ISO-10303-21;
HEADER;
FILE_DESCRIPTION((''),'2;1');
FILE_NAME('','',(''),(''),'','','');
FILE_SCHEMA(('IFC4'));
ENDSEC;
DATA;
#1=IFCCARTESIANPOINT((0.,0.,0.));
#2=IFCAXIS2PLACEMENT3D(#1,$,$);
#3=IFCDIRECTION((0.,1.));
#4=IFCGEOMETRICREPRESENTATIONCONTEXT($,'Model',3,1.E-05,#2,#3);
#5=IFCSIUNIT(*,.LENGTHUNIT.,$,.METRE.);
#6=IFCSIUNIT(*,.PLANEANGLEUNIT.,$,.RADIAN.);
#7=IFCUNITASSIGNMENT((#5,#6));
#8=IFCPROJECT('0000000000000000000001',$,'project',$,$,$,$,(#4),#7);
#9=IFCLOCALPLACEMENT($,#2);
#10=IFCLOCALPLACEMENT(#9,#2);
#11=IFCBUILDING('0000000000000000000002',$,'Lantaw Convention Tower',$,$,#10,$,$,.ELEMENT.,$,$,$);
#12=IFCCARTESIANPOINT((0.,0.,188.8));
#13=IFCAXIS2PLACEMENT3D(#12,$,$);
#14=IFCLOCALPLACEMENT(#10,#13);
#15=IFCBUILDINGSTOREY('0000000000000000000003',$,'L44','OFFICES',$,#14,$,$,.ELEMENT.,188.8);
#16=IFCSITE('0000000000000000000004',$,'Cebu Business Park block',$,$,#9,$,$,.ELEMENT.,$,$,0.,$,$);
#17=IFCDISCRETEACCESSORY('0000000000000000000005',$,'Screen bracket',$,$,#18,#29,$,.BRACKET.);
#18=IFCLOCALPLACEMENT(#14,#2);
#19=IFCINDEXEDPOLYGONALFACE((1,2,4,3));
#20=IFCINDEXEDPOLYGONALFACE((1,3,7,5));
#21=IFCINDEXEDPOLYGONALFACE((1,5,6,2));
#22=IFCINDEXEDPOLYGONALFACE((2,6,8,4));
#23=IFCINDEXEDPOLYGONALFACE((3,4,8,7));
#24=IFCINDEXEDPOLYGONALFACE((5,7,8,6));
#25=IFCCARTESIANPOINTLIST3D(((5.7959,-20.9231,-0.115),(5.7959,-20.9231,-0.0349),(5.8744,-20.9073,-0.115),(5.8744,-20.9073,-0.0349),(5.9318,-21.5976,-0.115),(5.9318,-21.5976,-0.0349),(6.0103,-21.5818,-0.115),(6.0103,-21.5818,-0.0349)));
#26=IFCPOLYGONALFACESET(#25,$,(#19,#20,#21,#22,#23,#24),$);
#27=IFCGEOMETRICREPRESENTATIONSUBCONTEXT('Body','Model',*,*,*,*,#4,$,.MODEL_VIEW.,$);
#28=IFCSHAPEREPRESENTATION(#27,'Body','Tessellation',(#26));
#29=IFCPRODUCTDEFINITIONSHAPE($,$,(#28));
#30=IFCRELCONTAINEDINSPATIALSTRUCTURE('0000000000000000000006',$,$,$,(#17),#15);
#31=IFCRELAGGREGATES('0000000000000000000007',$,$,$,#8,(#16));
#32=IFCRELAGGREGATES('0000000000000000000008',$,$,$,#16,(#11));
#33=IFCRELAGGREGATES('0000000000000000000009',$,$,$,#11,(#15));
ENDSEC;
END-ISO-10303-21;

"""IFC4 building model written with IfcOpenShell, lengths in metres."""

from ifc_helpers import new_model, si_unit, direction, frame, origin, origin_2d, place, context, subcontext, project, spatial, rectangle, extrude, element, save


model = new_model("IFC4")

# Units and contexts
model_context = context("Model", 3, precision=1e-05, world=origin(), true_north=direction((0.0, 1.0)))
body_context = subcontext(model_context, "Body", "Model", "MODEL_VIEW")
ifc_project = project(units=[si_unit("LENGTHUNIT", "METRE"), si_unit("PLANEANGLEUNIT", "RADIAN")], contexts=[model_context])

# Site, building, storey
site_placement = place(None, origin())
site = spatial("IfcSite", under=ifc_project, at=site_placement, Name="Cebu Business Park block", CompositionType="ELEMENT", RefElevation=0.0)
building_placement = place(site_placement, origin())
building = spatial("IfcBuilding", under=site, at=building_placement, Name="Lantaw Convention Tower", CompositionType="ELEMENT")
storey_placement = place(building_placement, frame((0.0, 0.0, 188.8)))
storey = spatial("IfcBuildingStorey", under=building, at=storey_placement, Name="L44", Description="OFFICES", CompositionType="ELEMENT", Elevation=188.8)

# Discrete accessory
for number, where, z_axis, x_axis, name in (
    (1, (5.9031, -21.2524, -0.115), (0.0, 0.0, 1.0), (0.980302, 0.197507, 0.0), "Screen bracket"),
):
    element("IfcDiscreteAccessory", number, at=place(storey_placement, frame(where, z_axis=z_axis, x_axis=x_axis)), inside=storey, Name=name, PredefinedType="BRACKET", context=body_context, shape_type="SweptSolid", body=[
        extrude(rectangle(XDim=0.0801, YDim=0.688, at=origin_2d()), origin(), (0.0, 0.0, 1.0), 0.0801),
    ])

save(model, "model.ifc")
